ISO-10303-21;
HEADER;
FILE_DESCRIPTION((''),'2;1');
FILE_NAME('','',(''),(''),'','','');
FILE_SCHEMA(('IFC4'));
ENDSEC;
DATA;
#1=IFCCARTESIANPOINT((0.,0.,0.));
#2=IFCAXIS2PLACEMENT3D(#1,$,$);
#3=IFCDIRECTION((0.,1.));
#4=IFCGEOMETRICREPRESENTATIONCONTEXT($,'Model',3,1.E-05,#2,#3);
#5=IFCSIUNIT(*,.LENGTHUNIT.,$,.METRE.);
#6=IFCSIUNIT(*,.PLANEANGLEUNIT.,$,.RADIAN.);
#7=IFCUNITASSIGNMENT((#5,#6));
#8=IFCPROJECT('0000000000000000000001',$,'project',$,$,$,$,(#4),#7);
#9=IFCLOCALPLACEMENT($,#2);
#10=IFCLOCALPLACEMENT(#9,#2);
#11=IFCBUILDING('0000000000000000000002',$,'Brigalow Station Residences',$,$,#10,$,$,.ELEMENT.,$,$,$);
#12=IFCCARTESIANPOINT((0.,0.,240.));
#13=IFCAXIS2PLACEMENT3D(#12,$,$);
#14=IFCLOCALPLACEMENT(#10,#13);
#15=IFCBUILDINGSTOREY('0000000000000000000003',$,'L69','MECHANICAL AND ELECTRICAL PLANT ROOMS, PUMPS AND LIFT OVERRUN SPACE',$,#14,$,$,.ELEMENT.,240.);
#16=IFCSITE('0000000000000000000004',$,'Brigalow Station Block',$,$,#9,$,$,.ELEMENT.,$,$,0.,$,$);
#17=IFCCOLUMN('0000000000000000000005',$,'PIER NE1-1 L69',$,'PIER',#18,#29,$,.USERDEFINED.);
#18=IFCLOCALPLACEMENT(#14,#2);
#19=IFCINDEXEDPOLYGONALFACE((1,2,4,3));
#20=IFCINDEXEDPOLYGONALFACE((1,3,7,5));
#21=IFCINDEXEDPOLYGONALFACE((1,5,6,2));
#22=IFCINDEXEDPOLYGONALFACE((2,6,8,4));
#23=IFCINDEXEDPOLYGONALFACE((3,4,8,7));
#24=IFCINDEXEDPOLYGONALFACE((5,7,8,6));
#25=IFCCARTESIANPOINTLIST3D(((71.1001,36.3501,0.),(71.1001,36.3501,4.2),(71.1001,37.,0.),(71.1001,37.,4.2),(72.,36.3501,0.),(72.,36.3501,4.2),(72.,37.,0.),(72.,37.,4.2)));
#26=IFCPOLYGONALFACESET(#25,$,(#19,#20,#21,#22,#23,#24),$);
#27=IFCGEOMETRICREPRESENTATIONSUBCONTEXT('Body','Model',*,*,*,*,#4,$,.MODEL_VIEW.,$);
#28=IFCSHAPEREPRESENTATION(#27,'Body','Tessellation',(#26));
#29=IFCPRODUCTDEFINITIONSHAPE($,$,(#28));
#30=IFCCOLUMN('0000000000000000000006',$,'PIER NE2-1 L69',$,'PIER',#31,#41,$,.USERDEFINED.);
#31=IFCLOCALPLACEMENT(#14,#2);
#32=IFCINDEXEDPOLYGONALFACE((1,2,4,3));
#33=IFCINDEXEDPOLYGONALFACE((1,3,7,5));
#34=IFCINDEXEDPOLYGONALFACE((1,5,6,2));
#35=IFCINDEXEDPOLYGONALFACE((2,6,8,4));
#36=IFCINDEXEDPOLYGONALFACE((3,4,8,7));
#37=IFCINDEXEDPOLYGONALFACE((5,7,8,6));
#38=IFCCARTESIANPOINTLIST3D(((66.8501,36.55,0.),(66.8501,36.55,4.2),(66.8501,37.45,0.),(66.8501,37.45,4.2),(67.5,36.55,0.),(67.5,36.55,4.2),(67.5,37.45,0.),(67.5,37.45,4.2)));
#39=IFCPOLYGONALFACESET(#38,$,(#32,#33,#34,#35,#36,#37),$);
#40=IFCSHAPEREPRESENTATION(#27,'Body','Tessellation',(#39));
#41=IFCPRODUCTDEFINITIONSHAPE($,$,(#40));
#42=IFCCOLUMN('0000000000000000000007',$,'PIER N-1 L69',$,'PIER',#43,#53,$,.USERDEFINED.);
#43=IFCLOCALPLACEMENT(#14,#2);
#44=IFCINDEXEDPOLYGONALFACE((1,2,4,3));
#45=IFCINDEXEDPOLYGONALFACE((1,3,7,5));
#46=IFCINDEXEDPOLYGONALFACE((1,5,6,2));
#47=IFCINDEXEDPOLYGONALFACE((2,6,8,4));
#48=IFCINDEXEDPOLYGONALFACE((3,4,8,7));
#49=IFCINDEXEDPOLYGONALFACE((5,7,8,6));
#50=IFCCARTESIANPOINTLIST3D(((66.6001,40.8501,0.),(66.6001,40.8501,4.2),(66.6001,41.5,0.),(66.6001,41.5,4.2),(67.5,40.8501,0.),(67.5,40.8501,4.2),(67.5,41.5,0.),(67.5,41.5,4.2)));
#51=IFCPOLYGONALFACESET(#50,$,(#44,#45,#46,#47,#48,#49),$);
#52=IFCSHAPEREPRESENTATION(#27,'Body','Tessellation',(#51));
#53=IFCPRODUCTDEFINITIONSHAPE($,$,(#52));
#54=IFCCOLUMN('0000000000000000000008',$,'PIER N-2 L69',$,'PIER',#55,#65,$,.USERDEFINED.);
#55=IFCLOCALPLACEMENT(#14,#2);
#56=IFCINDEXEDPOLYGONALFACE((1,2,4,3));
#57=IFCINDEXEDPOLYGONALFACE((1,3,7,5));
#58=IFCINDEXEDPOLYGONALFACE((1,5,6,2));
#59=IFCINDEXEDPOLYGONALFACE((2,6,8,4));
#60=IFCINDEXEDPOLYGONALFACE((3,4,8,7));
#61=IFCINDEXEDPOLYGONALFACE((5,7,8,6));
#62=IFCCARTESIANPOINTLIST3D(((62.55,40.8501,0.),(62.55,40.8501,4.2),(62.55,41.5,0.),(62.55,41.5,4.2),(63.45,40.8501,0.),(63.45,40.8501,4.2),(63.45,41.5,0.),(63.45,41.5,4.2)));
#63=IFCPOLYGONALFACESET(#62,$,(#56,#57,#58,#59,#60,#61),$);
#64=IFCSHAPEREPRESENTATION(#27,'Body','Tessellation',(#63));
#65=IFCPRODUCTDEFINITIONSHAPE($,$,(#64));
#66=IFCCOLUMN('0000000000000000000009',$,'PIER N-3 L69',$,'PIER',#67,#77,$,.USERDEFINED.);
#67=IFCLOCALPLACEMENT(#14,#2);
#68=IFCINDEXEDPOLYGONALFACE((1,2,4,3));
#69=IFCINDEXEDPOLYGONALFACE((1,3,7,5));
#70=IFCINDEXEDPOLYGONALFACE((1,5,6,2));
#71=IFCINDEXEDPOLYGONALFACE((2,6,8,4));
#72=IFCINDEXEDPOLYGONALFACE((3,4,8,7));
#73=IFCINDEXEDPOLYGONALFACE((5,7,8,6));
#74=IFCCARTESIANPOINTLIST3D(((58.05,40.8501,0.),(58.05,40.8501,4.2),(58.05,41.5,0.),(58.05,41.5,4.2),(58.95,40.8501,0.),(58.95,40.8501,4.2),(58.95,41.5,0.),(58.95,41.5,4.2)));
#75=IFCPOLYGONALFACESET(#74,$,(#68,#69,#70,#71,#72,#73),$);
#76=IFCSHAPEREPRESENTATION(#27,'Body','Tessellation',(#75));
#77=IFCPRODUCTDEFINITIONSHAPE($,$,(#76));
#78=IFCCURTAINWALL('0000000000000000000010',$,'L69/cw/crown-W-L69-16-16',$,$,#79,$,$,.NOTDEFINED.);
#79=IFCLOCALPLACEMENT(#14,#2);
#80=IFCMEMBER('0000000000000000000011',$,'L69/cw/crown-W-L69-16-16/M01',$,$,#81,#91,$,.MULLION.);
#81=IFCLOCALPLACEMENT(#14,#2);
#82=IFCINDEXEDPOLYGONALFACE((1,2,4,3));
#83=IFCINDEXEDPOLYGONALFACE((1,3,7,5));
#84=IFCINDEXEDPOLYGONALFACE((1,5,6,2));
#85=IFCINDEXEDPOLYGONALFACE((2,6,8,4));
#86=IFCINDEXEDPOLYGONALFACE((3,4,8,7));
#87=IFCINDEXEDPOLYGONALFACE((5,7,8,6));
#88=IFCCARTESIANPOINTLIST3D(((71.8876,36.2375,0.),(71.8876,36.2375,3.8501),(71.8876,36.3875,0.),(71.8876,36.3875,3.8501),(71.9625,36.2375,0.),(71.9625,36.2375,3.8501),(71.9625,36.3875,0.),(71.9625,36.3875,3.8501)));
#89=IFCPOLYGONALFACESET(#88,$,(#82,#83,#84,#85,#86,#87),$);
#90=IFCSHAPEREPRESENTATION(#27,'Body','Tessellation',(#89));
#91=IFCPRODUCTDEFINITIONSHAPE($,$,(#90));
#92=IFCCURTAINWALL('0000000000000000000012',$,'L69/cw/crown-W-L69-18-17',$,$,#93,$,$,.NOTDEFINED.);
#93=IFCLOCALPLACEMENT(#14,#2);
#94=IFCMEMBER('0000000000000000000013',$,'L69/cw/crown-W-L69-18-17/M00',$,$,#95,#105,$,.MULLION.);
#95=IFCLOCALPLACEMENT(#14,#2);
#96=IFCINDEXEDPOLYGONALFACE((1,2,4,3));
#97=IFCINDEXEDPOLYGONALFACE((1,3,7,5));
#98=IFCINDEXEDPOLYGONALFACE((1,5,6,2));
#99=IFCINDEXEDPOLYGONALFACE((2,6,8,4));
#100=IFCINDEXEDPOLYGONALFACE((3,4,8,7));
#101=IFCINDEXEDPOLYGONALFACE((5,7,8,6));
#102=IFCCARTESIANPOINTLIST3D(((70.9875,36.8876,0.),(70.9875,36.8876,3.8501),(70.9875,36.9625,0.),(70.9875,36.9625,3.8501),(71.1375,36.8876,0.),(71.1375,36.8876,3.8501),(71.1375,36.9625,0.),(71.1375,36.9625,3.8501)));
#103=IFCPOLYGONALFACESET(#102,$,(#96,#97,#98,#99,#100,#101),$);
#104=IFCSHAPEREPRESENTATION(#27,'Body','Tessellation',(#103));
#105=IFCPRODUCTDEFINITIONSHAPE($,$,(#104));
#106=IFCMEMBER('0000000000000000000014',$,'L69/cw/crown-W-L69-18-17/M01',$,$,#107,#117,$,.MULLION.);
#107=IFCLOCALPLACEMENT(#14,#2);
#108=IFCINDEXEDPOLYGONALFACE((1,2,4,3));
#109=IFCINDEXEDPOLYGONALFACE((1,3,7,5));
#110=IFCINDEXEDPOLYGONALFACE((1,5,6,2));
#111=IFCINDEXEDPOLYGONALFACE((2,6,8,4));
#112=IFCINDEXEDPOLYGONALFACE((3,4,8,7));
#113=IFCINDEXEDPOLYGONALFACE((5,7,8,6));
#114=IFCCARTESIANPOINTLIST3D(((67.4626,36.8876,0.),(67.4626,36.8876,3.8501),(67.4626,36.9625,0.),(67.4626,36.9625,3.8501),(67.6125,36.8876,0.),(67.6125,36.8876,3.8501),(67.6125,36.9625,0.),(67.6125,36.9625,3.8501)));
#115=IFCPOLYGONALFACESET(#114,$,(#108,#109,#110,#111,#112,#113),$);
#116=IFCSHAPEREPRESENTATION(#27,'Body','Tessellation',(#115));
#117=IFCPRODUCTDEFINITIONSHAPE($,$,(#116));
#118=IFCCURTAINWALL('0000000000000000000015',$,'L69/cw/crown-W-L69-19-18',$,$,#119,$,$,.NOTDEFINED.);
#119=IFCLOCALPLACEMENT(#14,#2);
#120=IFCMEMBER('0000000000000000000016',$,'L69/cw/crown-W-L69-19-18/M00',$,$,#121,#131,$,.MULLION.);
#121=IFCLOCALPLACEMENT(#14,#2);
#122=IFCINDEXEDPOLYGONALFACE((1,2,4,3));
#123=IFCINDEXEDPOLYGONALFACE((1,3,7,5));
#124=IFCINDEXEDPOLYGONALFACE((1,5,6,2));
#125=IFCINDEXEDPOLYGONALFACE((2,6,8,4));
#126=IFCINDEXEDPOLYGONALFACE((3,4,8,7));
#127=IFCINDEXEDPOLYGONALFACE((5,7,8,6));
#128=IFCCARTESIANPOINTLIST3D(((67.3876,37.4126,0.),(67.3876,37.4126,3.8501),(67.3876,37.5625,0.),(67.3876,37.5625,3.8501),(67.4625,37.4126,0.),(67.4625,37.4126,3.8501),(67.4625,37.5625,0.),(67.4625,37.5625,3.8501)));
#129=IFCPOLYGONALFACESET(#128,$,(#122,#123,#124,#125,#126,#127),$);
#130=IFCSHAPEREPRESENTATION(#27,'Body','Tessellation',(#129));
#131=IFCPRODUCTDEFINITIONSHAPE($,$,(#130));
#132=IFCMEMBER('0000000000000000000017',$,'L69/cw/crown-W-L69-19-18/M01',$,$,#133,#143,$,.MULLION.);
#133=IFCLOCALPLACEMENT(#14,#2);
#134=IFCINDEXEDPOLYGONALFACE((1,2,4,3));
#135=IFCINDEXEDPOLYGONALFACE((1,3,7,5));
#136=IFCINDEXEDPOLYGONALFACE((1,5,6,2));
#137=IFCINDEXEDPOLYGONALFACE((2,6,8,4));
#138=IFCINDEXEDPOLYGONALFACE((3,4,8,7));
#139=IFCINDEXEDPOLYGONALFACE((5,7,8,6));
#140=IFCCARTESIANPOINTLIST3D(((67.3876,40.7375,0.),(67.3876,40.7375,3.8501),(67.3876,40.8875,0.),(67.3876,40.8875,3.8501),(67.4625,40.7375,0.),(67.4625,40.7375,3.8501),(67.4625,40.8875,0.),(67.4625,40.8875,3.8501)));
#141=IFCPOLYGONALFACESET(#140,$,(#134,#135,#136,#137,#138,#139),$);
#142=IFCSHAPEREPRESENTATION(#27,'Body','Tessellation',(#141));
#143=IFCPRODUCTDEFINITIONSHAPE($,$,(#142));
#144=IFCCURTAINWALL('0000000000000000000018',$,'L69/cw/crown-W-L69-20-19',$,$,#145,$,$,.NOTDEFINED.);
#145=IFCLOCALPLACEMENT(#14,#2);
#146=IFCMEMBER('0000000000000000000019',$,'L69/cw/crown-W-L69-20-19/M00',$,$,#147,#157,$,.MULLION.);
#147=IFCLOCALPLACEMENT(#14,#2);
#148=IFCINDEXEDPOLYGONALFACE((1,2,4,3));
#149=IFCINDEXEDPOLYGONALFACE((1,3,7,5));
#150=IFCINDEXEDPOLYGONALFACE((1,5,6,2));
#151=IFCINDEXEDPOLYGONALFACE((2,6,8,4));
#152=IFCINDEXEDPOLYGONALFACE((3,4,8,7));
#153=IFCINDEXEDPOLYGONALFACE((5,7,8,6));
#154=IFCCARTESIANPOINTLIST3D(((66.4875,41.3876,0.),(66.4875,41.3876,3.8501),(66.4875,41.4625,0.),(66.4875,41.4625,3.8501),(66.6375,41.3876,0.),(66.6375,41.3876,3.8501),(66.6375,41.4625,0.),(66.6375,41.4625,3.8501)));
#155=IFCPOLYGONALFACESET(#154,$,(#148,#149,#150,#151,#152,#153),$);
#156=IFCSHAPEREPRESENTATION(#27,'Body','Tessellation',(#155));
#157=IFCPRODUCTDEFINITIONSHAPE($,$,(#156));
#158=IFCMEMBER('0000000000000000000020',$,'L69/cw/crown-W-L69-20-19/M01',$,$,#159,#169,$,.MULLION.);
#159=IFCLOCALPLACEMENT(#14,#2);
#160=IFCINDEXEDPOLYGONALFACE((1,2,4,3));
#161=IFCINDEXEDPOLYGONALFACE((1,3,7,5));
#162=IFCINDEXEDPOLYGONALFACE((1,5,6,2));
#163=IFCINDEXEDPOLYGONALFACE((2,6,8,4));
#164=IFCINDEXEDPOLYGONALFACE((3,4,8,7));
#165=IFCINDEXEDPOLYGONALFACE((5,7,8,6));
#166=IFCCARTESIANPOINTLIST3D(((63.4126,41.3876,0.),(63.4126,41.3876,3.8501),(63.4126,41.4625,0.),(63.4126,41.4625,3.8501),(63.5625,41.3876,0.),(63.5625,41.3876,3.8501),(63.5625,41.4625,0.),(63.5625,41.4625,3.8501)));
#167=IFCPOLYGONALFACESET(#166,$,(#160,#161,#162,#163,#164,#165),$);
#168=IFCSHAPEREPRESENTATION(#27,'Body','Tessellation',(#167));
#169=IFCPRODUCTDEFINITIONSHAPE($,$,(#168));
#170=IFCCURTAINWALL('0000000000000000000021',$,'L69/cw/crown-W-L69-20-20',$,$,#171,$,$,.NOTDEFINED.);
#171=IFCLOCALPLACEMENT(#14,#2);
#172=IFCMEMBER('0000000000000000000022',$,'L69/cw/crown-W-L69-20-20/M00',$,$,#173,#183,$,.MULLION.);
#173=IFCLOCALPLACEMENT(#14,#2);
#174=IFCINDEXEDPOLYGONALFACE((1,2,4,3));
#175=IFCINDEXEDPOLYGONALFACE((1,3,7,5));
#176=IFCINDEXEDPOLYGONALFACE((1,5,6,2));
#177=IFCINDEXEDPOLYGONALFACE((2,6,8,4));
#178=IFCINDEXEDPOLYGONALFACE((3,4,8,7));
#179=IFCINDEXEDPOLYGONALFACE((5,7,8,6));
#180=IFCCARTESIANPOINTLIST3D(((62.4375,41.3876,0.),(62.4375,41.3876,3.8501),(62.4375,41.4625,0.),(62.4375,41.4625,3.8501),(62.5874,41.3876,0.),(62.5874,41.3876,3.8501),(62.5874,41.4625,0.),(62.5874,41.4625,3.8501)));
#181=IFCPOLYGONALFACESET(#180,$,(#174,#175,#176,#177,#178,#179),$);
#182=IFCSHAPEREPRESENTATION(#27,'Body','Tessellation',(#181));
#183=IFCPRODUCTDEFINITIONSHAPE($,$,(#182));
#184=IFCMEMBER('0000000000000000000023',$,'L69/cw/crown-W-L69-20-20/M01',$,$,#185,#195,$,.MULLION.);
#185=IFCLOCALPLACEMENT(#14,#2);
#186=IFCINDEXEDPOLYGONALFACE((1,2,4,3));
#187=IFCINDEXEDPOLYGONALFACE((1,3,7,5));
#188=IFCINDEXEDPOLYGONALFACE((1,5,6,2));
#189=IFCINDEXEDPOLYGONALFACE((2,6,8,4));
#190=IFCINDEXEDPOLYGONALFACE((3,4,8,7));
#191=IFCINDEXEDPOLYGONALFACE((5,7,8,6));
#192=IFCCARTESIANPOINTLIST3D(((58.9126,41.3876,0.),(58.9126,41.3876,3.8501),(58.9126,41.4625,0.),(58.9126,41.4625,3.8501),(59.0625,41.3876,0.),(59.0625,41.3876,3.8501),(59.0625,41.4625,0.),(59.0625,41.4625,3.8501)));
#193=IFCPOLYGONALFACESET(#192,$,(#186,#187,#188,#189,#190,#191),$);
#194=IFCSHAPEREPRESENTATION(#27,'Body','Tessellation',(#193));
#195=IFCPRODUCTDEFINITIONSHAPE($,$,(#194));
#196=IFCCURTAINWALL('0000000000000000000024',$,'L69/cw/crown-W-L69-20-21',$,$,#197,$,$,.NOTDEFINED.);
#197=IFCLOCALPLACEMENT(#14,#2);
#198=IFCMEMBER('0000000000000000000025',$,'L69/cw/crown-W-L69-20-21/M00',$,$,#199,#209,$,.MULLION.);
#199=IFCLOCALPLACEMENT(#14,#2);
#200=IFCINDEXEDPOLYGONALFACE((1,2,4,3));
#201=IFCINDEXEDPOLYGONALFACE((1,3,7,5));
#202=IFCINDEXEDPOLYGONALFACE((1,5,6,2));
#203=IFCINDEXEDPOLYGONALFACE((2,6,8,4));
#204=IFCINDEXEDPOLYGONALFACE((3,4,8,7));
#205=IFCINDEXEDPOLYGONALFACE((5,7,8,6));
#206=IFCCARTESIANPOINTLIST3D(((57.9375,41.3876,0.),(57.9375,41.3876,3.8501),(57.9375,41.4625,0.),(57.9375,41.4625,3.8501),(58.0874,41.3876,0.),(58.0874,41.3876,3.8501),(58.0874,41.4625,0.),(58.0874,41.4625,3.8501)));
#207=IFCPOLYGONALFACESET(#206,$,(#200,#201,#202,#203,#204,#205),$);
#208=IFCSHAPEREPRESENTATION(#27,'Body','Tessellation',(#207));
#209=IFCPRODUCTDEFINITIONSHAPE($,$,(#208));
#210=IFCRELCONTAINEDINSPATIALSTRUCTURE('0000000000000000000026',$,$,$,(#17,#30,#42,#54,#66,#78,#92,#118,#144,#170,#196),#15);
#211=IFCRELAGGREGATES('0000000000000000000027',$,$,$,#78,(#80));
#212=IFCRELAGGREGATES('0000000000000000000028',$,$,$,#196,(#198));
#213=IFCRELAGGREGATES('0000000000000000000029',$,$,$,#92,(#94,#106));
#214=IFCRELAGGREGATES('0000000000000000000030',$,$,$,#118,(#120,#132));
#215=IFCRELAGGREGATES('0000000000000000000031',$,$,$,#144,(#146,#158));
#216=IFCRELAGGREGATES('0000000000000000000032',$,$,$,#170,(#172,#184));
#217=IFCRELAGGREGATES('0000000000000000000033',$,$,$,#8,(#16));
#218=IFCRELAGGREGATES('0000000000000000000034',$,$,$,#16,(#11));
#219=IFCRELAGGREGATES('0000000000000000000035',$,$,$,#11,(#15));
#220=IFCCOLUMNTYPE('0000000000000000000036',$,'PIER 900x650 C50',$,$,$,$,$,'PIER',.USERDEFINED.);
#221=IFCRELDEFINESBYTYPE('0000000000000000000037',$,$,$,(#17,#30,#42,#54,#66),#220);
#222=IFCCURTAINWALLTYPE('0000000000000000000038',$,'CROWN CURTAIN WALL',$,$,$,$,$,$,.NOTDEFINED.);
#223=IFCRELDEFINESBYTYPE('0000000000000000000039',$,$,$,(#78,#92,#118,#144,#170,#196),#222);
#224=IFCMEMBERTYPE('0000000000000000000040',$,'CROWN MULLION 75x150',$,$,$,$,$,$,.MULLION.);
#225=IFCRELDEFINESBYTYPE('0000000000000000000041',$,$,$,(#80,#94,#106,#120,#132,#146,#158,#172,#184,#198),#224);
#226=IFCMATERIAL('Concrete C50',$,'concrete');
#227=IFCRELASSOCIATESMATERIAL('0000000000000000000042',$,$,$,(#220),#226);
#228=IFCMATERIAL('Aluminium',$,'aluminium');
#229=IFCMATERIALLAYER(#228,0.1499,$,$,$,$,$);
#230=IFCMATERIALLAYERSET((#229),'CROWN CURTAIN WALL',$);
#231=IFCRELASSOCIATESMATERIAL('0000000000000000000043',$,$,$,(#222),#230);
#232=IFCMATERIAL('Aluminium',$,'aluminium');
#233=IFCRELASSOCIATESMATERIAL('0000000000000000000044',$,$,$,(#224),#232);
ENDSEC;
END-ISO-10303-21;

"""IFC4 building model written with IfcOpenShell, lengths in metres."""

from ifc_helpers import new_model, si_unit, direction, frame, origin, origin_2d, place, context, subcontext, project, spatial, rectangle, extrude, material, layer, layer_set, material_profile, profile_set, type_object, element, aggregate, save


model = new_model("IFC4")

# Units and contexts
model_context = context("Model", 3, precision=1e-05, world=origin(), true_north=direction((0.0, 1.0)))
body_context = subcontext(model_context, "Body", "Model", "MODEL_VIEW")
ifc_project = project(units=[si_unit("LENGTHUNIT", "METRE"), si_unit("PLANEANGLEUNIT", "RADIAN")], contexts=[model_context])

# Site, building, storey
site_placement = place(None, origin())
site = spatial("IfcSite", under=ifc_project, at=site_placement, Name="Brigalow Station Block", CompositionType="ELEMENT", RefElevation=0.0)
building_placement = place(site_placement, origin())
building = spatial("IfcBuilding", under=site, at=building_placement, Name="Brigalow Station Residences", CompositionType="ELEMENT")
storey_placement = place(building_placement, frame((0.0, 0.0, 240.0)))
storey = spatial("IfcBuildingStorey", under=building, at=storey_placement, Name="L69", Description="MECHANICAL AND ELECTRICAL PLANT ROOMS, PUMPS AND LIFT OVERRUN SPACE", CompositionType="ELEMENT", Elevation=240.0)

# Columns
ifc_material_1 = material(Name="Concrete C50", Category="concrete")
ifc_material_profile_1 = material_profile(ifc_material_1, rectangle(XDim=0.8999, YDim=0.6499, at=origin_2d()), Name="RC900x650")
ifc_profile_set_1 = profile_set([ifc_material_profile_1], Name="Concrete C50")
column_type = type_object("IfcColumnType", Name="PIER 900x650 C50", ElementType="PIER", PredefinedType="USERDEFINED", material=ifc_profile_set_1)
for number, where, z_axis, x_axis, name in (
    (1, (71.55, 36.675, 0.0), (0.0, 0.0, 1.0), (-1.0, 0.0, 0.0), "PIER NE1-1 L69"),
    (2, (67.175, 37.0, 0.0), (0.0, 0.0, 1.0), (0.0, 1.0, 0.0), "PIER NE2-1 L69"),
    (3, (67.05, 41.175, 0.0), (0.0, 0.0, 1.0), (-1.0, 0.0, 0.0), "PIER N-1 L69"),
    (4, (63.0, 41.175, 0.0), (0.0, 0.0, 1.0), (-1.0, 0.0, 0.0), "PIER N-2 L69"),
    (5, (58.5, 41.175, 0.0), (0.0, 0.0, 1.0), (-1.0, 0.0, 0.0), "PIER N-3 L69"),
):
    element("IfcColumn", number, at=place(storey_placement, frame(where, z_axis=z_axis, x_axis=x_axis)), inside=storey, type_object=column_type, Name=name, ObjectType="PIER", PredefinedType="USERDEFINED", context=body_context, shape_type="SweptSolid", body=[
        extrude(rectangle(XDim=0.8999, YDim=0.6499, at=origin_2d()), origin(), (0.0, 0.0, 1.0), 4.2),
    ])

# Curtain wall, member
ifc_material_2 = material(Name="Aluminium", Category="aluminium")
ifc_layer_1 = layer(ifc_material_2, 0.1499)
ifc_layer_set_1 = layer_set([ifc_layer_1], Name="CROWN CURTAIN WALL")
curtain_wall_type = type_object("IfcCurtainWallType", Name="CROWN CURTAIN WALL", PredefinedType="NOTDEFINED", material=ifc_layer_set_1)
curtain_wall_1_placement = place(storey_placement, origin())
curtain_wall_1 = element("IfcCurtainWall", 6, at=curtain_wall_1_placement, inside=storey, type_object=curtain_wall_type, Name="L69/cw/crown-W-L69-16-16", PredefinedType="NOTDEFINED")
ifc_material_3 = material(Name="Aluminium", Category="aluminium")
ifc_material_profile_2 = material_profile(ifc_material_3, rectangle(XDim=0.075, YDim=0.1499, at=origin_2d()), Name="CROWN MULLION 75x150")
ifc_profile_set_2 = profile_set([ifc_material_profile_2], Name="Aluminium")
member_type_1 = type_object("IfcMemberType", Name="CROWN MULLION 75x150", PredefinedType="MULLION", material=ifc_profile_set_2)
member_1_placement = place(storey_placement, frame((71.925, 36.3125, 0.0), z_axis=(0.0, 0.0, 1.0), x_axis=(-1.0, 0.0, 0.0)))
member_1 = element("IfcMember", 7, at=member_1_placement, type_object=member_type_1, Name="L69/cw/crown-W-L69-16-16/M01", PredefinedType="MULLION", context=body_context, shape_type="SweptSolid", body=[
    extrude(rectangle(XDim=0.075, YDim=0.1499, at=origin_2d()), origin(), (0.0, 0.0, 1.0), 3.8501),
])
aggregate(curtain_wall_1, [member_1])

# Curtain walls, members
curtain_wall_2_placement = place(storey_placement, origin())
curtain_wall_2 = element("IfcCurtainWall", 8, at=curtain_wall_2_placement, inside=storey, type_object=curtain_wall_type, Name="L69/cw/crown-W-L69-18-17", PredefinedType="NOTDEFINED")
member_2_placement = place(storey_placement, frame((71.0625, 36.925, 0.0), z_axis=(0.0, 0.0, 1.0), x_axis=(0.0, -1.0, 0.0)))
member_2 = element("IfcMember", 9, at=member_2_placement, type_object=member_type_1, Name="L69/cw/crown-W-L69-18-17/M00", PredefinedType="MULLION", context=body_context, shape_type="SweptSolid", body=[
    extrude(rectangle(XDim=0.075, YDim=0.1499, at=origin_2d()), origin(), (0.0, 0.0, 1.0), 3.8501),
])
member_3_placement = place(storey_placement, frame((67.5376, 36.925, 0.0), z_axis=(0.0, 0.0, 1.0), x_axis=(0.0, -1.0, 0.0)))
member_3 = element("IfcMember", 10, at=member_3_placement, type_object=member_type_1, Name="L69/cw/crown-W-L69-18-17/M01", PredefinedType="MULLION", context=body_context, shape_type="SweptSolid", body=[
    extrude(rectangle(XDim=0.075, YDim=0.1499, at=origin_2d()), origin(), (0.0, 0.0, 1.0), 3.8501),
])
curtain_wall_3_placement = place(storey_placement, origin())
curtain_wall_3 = element("IfcCurtainWall", 11, at=curtain_wall_3_placement, inside=storey, type_object=curtain_wall_type, Name="L69/cw/crown-W-L69-19-18", PredefinedType="NOTDEFINED")
member_4_placement = place(storey_placement, frame((67.425, 37.4875, 0.0), z_axis=(0.0, 0.0, 1.0), x_axis=(-1.0, 0.0, 0.0)))
member_4 = element("IfcMember", 12, at=member_4_placement, type_object=member_type_1, Name="L69/cw/crown-W-L69-19-18/M00", PredefinedType="MULLION", context=body_context, shape_type="SweptSolid", body=[
    extrude(rectangle(XDim=0.075, YDim=0.1499, at=origin_2d()), origin(), (0.0, 0.0, 1.0), 3.8501),
])
member_5_placement = place(storey_placement, frame((67.425, 40.8125, 0.0), z_axis=(0.0, 0.0, 1.0), x_axis=(-1.0, 0.0, 0.0)))
member_5 = element("IfcMember", 13, at=member_5_placement, type_object=member_type_1, Name="L69/cw/crown-W-L69-19-18/M01", PredefinedType="MULLION", context=body_context, shape_type="SweptSolid", body=[
    extrude(rectangle(XDim=0.075, YDim=0.1499, at=origin_2d()), origin(), (0.0, 0.0, 1.0), 3.8501),
])
curtain_wall_4_placement = place(storey_placement, origin())
curtain_wall_4 = element("IfcCurtainWall", 14, at=curtain_wall_4_placement, inside=storey, type_object=curtain_wall_type, Name="L69/cw/crown-W-L69-20-19", PredefinedType="NOTDEFINED")
member_6_placement = place(storey_placement, frame((66.5625, 41.425, 0.0), z_axis=(0.0, 0.0, 1.0), x_axis=(0.0, -1.0, 0.0)))
member_6 = element("IfcMember", 15, at=member_6_placement, type_object=member_type_1, Name="L69/cw/crown-W-L69-20-19/M00", PredefinedType="MULLION", context=body_context, shape_type="SweptSolid", body=[
    extrude(rectangle(XDim=0.075, YDim=0.1499, at=origin_2d()), origin(), (0.0, 0.0, 1.0), 3.8501),
])
member_7_placement = place(storey_placement, frame((63.4875, 41.425, 0.0), z_axis=(0.0, 0.0, 1.0), x_axis=(0.0, -1.0, 0.0)))
member_7 = element("IfcMember", 16, at=member_7_placement, type_object=member_type_1, Name="L69/cw/crown-W-L69-20-19/M01", PredefinedType="MULLION", context=body_context, shape_type="SweptSolid", body=[
    extrude(rectangle(XDim=0.075, YDim=0.1499, at=origin_2d()), origin(), (0.0, 0.0, 1.0), 3.8501),
])
curtain_wall_5_placement = place(storey_placement, origin())
curtain_wall_5 = element("IfcCurtainWall", 17, at=curtain_wall_5_placement, inside=storey, type_object=curtain_wall_type, Name="L69/cw/crown-W-L69-20-20", PredefinedType="NOTDEFINED")
member_8_placement = place(storey_placement, frame((62.5125, 41.425, 0.0), z_axis=(0.0, 0.0, 1.0), x_axis=(0.0, -1.0, 0.0)))
member_8 = element("IfcMember", 18, at=member_8_placement, type_object=member_type_1, Name="L69/cw/crown-W-L69-20-20/M00", PredefinedType="MULLION", context=body_context, shape_type="SweptSolid", body=[
    extrude(rectangle(XDim=0.075, YDim=0.1499, at=origin_2d()), origin(), (0.0, 0.0, 1.0), 3.8501),
])
member_9_placement = place(storey_placement, frame((58.9875, 41.425, 0.0), z_axis=(0.0, 0.0, 1.0), x_axis=(0.0, -1.0, 0.0)))
member_9 = element("IfcMember", 19, at=member_9_placement, type_object=member_type_1, Name="L69/cw/crown-W-L69-20-20/M01", PredefinedType="MULLION", context=body_context, shape_type="SweptSolid", body=[
    extrude(rectangle(XDim=0.075, YDim=0.1499, at=origin_2d()), origin(), (0.0, 0.0, 1.0), 3.8501),
])

# Curtain wall, member
curtain_wall_6_placement = place(storey_placement, origin())
curtain_wall_6 = element("IfcCurtainWall", 20, at=curtain_wall_6_placement, inside=storey, type_object=curtain_wall_type, Name="L69/cw/crown-W-L69-20-21", PredefinedType="NOTDEFINED")
member_10_placement = place(storey_placement, frame((58.0125, 41.425, 0.0), z_axis=(0.0, 0.0, 1.0), x_axis=(0.0, -1.0, 0.0)))
member_10 = element("IfcMember", 21, at=member_10_placement, type_object=member_type_1, Name="L69/cw/crown-W-L69-20-21/M00", PredefinedType="MULLION", context=body_context, shape_type="SweptSolid", body=[
    extrude(rectangle(XDim=0.075, YDim=0.1499, at=origin_2d()), origin(), (0.0, 0.0, 1.0), 3.8501),
])

aggregate(curtain_wall_6, [member_10])

aggregate(curtain_wall_2, [member_2, member_3])
aggregate(curtain_wall_3, [member_4, member_5])
aggregate(curtain_wall_4, [member_6, member_7])
aggregate(curtain_wall_5, [member_8, member_9])

save(model, "model.ifc")
